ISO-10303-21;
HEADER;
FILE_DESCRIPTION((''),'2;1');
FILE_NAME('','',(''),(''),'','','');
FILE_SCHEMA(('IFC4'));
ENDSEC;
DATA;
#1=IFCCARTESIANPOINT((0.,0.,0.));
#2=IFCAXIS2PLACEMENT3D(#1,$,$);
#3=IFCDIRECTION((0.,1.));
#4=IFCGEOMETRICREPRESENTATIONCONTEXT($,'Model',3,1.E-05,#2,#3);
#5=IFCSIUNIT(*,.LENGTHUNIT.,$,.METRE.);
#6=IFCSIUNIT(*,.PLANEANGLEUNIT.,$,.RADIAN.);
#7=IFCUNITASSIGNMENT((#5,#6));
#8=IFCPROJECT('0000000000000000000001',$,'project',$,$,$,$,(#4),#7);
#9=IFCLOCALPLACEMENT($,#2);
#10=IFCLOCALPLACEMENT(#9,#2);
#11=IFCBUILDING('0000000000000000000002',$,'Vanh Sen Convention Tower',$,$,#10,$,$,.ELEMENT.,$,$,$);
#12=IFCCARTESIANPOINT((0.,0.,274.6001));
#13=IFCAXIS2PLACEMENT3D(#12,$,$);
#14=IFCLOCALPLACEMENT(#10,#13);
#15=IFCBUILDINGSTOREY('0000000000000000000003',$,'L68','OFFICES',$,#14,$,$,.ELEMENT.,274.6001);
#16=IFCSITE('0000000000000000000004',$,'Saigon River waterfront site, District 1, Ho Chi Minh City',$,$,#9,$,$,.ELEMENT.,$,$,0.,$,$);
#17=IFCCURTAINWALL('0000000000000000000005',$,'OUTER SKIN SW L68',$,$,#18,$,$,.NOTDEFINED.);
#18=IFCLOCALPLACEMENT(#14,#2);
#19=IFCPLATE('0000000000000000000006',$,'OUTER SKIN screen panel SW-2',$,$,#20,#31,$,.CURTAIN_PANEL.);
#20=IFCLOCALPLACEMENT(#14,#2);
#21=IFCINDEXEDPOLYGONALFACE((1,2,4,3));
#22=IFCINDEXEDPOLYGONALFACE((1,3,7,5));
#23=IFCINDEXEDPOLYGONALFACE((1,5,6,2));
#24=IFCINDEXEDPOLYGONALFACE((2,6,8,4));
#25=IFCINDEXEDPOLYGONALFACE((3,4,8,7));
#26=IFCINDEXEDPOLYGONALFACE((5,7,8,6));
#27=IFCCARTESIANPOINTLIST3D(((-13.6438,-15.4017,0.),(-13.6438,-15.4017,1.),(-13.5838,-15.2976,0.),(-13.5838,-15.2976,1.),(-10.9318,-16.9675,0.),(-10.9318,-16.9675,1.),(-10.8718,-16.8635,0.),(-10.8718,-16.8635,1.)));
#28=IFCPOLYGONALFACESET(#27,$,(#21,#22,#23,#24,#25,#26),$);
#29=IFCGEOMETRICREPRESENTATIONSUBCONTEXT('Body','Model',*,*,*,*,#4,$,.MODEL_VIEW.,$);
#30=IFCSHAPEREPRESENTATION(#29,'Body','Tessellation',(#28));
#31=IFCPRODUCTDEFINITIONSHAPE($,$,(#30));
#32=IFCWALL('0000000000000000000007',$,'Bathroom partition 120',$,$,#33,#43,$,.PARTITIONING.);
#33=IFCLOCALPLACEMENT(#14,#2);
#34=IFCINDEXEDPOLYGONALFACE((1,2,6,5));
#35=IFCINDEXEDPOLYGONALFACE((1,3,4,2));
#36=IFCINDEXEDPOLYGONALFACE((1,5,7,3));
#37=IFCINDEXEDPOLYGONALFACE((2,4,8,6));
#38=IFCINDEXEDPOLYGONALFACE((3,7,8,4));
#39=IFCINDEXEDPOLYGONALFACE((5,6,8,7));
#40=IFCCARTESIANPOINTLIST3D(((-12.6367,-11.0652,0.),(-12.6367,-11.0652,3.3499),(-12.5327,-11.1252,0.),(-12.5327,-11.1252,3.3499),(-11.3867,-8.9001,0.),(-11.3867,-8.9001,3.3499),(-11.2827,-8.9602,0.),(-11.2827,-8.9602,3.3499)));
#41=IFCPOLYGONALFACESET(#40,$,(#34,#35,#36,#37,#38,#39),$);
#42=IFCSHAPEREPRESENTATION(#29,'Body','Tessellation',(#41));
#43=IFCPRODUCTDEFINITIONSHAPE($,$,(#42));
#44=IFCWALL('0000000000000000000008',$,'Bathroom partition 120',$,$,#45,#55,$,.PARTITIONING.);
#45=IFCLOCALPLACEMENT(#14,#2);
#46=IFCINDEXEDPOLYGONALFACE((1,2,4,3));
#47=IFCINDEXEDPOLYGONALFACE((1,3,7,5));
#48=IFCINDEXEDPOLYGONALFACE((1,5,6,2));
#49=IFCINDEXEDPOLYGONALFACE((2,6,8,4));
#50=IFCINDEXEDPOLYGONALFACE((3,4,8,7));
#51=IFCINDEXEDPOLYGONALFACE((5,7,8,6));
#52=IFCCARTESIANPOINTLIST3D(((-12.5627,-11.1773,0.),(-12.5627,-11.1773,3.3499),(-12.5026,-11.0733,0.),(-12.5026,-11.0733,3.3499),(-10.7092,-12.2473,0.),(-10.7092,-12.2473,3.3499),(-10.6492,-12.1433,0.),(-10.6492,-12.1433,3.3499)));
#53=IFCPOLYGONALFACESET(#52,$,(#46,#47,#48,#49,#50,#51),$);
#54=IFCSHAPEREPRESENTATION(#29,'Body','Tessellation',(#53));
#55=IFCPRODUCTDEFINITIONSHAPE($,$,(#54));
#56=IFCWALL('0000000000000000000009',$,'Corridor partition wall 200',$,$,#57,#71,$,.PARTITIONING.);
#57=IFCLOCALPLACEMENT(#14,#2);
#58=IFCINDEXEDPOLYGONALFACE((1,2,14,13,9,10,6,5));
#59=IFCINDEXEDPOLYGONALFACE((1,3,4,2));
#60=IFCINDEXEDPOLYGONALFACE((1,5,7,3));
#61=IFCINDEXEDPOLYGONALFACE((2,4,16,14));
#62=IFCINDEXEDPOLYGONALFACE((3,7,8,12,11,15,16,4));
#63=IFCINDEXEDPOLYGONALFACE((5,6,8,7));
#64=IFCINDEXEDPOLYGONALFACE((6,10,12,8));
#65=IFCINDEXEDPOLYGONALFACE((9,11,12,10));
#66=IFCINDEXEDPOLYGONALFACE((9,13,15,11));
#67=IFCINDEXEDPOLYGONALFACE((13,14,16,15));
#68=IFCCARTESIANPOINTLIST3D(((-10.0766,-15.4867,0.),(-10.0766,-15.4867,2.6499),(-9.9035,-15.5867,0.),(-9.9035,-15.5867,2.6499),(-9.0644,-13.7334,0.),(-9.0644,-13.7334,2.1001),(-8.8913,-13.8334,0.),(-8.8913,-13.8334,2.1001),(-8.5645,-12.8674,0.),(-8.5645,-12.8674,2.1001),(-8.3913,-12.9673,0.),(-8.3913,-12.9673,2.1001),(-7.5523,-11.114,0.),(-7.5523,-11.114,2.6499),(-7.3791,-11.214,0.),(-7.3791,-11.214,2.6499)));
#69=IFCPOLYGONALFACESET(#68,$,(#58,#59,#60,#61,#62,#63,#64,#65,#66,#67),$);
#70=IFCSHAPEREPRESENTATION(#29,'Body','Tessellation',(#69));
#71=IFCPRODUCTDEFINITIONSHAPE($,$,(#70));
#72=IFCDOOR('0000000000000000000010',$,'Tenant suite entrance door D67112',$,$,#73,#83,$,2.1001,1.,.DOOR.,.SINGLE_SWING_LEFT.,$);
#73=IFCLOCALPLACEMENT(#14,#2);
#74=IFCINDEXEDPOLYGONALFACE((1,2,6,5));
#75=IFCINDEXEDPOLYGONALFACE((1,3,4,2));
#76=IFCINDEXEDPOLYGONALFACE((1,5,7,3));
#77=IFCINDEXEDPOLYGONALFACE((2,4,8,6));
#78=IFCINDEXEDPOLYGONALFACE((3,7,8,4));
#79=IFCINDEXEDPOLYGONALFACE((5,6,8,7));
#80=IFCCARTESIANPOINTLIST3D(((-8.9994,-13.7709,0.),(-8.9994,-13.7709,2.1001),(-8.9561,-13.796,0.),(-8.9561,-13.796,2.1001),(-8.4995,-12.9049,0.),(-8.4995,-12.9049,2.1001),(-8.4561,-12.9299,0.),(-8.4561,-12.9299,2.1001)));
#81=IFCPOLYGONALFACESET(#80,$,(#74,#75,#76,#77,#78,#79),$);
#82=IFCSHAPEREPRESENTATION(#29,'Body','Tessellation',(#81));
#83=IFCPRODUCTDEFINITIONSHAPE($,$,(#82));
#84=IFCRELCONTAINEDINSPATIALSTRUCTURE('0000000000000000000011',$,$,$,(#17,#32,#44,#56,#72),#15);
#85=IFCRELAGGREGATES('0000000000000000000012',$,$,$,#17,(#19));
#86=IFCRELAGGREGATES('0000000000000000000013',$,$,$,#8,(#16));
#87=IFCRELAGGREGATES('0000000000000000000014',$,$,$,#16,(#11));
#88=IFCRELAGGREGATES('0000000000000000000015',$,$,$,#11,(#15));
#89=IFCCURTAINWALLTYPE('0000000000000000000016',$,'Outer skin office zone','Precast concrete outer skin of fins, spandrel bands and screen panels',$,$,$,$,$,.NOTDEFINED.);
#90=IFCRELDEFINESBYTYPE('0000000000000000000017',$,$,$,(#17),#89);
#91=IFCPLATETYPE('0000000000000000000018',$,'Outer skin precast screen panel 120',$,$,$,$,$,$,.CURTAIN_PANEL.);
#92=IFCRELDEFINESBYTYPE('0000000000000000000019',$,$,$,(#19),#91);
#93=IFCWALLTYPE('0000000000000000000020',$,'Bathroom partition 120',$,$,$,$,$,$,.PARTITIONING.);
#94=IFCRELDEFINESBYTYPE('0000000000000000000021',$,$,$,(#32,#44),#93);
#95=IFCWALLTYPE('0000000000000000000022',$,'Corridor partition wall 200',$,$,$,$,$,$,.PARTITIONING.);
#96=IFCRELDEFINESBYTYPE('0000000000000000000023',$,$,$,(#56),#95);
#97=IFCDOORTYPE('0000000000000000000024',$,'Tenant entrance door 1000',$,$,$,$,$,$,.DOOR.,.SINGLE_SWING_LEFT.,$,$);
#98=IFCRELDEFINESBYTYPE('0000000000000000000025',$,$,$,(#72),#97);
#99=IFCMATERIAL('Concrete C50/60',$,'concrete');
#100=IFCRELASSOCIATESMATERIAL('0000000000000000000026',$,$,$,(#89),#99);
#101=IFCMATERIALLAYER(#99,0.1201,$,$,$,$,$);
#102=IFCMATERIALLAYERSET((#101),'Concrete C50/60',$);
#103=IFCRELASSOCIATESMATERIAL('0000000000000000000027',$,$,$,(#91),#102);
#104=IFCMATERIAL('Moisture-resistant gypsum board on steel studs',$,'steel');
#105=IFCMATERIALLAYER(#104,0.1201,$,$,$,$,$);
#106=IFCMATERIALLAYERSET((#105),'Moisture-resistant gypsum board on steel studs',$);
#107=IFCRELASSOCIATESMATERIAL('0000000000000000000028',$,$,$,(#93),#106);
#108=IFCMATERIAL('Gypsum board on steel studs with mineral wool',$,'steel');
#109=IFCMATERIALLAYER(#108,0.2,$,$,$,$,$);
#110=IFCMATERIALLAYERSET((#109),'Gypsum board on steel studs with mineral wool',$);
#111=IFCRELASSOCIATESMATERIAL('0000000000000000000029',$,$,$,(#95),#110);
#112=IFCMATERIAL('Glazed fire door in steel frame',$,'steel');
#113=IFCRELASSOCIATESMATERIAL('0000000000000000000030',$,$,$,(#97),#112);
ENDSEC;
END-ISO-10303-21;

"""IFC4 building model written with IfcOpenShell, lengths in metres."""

from ifc_helpers import new_model, si_unit, direction, frame, frame_2d, origin, origin_2d, place, context, subcontext, project, spatial, rectangle, extrude, material, layer, layer_set, type_object, element, fill, aggregate, save


model = new_model("IFC4")

# Units and contexts
model_context = context("Model", 3, precision=1e-05, world=origin(), true_north=direction((0.0, 1.0)))
body_context = subcontext(model_context, "Body", "Model", "MODEL_VIEW")
ifc_project = project(units=[si_unit("LENGTHUNIT", "METRE"), si_unit("PLANEANGLEUNIT", "RADIAN")], contexts=[model_context])

# Site, building, storey
site_placement = place(None, origin())
site = spatial("IfcSite", under=ifc_project, at=site_placement, Name="Saigon River waterfront site, District 1, Ho Chi Minh City", CompositionType="ELEMENT", RefElevation=0.0)
building_placement = place(site_placement, origin())
building = spatial("IfcBuilding", under=site, at=building_placement, Name="Vanh Sen Convention Tower", CompositionType="ELEMENT")
storey_placement = place(building_placement, frame((0.0, 0.0, 274.6001)))
storey = spatial("IfcBuildingStorey", under=building, at=storey_placement, Name="L68", Description="OFFICES", CompositionType="ELEMENT", Elevation=274.6001)

# Curtain wall
ifc_material_1 = material(Name="Concrete C50/60", Category="concrete")
curtain_wall_type = type_object("IfcCurtainWallType", Name="Outer skin office zone", Description="Precast concrete outer skin of fins, spandrel bands and screen panels", PredefinedType="NOTDEFINED", material=ifc_material_1)
curtain_wall_1_placement = place(storey_placement, origin())
curtain_wall_1 = element("IfcCurtainWall", 1, at=curtain_wall_1_placement, inside=storey, type_object=curtain_wall_type, Name="OUTER SKIN SW L68", PredefinedType="NOTDEFINED")

# Shared definitions
ifc_layer_1 = layer(ifc_material_1, 0.1201)
ifc_layer_set_1 = layer_set([ifc_layer_1], Name="Concrete C50/60")
plate_type = type_object("IfcPlateType", Name="Outer skin precast screen panel 120", PredefinedType="CURTAIN_PANEL", material=ifc_layer_set_1)

# Plate
plate_1_placement = place(storey_placement, frame((-12.2578, -16.1326, 0.0), z_axis=(0.0, 0.0, 1.0), x_axis=(0.866016, -0.500017, 0.0)))
plate_1 = element("IfcPlate", 2, at=plate_1_placement, type_object=plate_type, Name="OUTER SKIN screen panel SW-2", PredefinedType="CURTAIN_PANEL", context=body_context, shape_type="SweptSolid", body=[
    extrude(rectangle(XDim=3.1316, YDim=0.1201, at=origin_2d()), origin(), (0.0, 0.0, 1.0), 1.0),
])
aggregate(curtain_wall_1, [plate_1])

# Walls
ifc_material_2 = material(Name="Moisture-resistant gypsum board on steel studs", Category="steel")
ifc_layer_2 = layer(ifc_material_2, 0.1201)
ifc_layer_set_2 = layer_set([ifc_layer_2], Name="Moisture-resistant gypsum board on steel studs")
wall_type_1 = type_object("IfcWallType", Name="Bathroom partition 120", PredefinedType="PARTITIONING", material=ifc_layer_set_2)
wall_1_placement = place(storey_placement, frame((-12.5847, -11.0952, 0.0), z_axis=(0.0, 0.0, 1.0), x_axis=(0.500004, 0.866023, 0.0)))
element("IfcWall", 3, at=wall_1_placement, inside=storey, type_object=wall_type_1, Name="Bathroom partition 120", PredefinedType="PARTITIONING", context=body_context, shape_type="SweptSolid", body=[
    extrude(rectangle(XDim=2.5, YDim=0.1201, at=frame_2d((1.25, 0.0))), origin(), (0.0, 0.0, 1.0), 3.3499),
])
wall_2_placement = place(storey_placement, frame((-10.6792, -12.1953, 0.0), z_axis=(0.0, 0.0, 1.0), x_axis=(-0.866037, 0.499979, 0.0)))
element("IfcWall", 4, at=wall_2_placement, inside=storey, type_object=wall_type_1, Name="Bathroom partition 120", PredefinedType="PARTITIONING", context=body_context, shape_type="SweptSolid", body=[
    extrude(rectangle(XDim=2.1401, YDim=0.1201, at=frame_2d((1.0701, 0.0))), origin(), (0.0, 0.0, 1.0), 3.3499),
])

# Wall, opening, door
ifc_material_3 = material(Name="Gypsum board on steel studs with mineral wool", Category="steel")
ifc_layer_3 = layer(ifc_material_3, 0.2)
ifc_layer_set_3 = layer_set([ifc_layer_3], Name="Gypsum board on steel studs with mineral wool")
wall_type_2 = type_object("IfcWallType", Name="Corridor partition wall 200", PredefinedType="PARTITIONING", material=ifc_layer_set_3)
wall_3_placement = place(storey_placement, frame((-9.99, -15.5366, 0.0), z_axis=(0.0, 0.0, 1.0), x_axis=(0.499967, 0.866045, 0.0)))
wall_3 = element("IfcWall", 5, at=wall_3_placement, inside=storey, type_object=wall_type_2, Name="Corridor partition wall 200", PredefinedType="PARTITIONING", context=body_context, shape_type="SweptSolid", body=[
    extrude(rectangle(XDim=5.0491, YDim=0.2, at=frame_2d((2.5244, 0.0))), origin(), (0.0, 0.0, 1.0), 2.6499),
])
opening_1_placement = place(wall_3_placement, frame((2.0244, 0.0, 0.0)))
opening_1 = element("IfcOpeningElement", 6, at=opening_1_placement, cuts=wall_3, PredefinedType="OPENING", context=body_context, shape_type="SweptSolid", body=[
    extrude(rectangle(XDim=1.0, YDim=2.1001, at=frame_2d((0.5, 1.05))), frame((0.0, 0.1099, 0.0), z_axis=(0.0, -1.0, 0.0), x_axis=(1.0, 0.0, 0.0)), (0.0, 0.0, 1.0), 0.22),
])
ifc_material_4 = material(Name="Glazed fire door in steel frame", Category="steel")
door_type = type_object("IfcDoorType", Name="Tenant entrance door 1000", OperationType="SINGLE_SWING_LEFT", PredefinedType="DOOR", material=ifc_material_4)
door_placement = place(opening_1_placement, origin())
door = element("IfcDoor", 7, at=door_placement, inside=storey, type_object=door_type, Name="Tenant suite entrance door D67112", OperationType="SINGLE_SWING_LEFT", OverallHeight=2.1001, OverallWidth=1.0, PredefinedType="DOOR", context=body_context, shape_type="SweptSolid", body=[
    extrude(rectangle(XDim=1.0, YDim=2.1001, at=frame_2d((0.5, 1.05))), frame((0.0, 0.0249, 0.0), z_axis=(0.0, -1.0, 0.0), x_axis=(1.0, 0.0, 0.0)), (0.0, 0.0, 1.0), 0.05),
])
fill(opening_1, door)

save(model, "model.ifc")
